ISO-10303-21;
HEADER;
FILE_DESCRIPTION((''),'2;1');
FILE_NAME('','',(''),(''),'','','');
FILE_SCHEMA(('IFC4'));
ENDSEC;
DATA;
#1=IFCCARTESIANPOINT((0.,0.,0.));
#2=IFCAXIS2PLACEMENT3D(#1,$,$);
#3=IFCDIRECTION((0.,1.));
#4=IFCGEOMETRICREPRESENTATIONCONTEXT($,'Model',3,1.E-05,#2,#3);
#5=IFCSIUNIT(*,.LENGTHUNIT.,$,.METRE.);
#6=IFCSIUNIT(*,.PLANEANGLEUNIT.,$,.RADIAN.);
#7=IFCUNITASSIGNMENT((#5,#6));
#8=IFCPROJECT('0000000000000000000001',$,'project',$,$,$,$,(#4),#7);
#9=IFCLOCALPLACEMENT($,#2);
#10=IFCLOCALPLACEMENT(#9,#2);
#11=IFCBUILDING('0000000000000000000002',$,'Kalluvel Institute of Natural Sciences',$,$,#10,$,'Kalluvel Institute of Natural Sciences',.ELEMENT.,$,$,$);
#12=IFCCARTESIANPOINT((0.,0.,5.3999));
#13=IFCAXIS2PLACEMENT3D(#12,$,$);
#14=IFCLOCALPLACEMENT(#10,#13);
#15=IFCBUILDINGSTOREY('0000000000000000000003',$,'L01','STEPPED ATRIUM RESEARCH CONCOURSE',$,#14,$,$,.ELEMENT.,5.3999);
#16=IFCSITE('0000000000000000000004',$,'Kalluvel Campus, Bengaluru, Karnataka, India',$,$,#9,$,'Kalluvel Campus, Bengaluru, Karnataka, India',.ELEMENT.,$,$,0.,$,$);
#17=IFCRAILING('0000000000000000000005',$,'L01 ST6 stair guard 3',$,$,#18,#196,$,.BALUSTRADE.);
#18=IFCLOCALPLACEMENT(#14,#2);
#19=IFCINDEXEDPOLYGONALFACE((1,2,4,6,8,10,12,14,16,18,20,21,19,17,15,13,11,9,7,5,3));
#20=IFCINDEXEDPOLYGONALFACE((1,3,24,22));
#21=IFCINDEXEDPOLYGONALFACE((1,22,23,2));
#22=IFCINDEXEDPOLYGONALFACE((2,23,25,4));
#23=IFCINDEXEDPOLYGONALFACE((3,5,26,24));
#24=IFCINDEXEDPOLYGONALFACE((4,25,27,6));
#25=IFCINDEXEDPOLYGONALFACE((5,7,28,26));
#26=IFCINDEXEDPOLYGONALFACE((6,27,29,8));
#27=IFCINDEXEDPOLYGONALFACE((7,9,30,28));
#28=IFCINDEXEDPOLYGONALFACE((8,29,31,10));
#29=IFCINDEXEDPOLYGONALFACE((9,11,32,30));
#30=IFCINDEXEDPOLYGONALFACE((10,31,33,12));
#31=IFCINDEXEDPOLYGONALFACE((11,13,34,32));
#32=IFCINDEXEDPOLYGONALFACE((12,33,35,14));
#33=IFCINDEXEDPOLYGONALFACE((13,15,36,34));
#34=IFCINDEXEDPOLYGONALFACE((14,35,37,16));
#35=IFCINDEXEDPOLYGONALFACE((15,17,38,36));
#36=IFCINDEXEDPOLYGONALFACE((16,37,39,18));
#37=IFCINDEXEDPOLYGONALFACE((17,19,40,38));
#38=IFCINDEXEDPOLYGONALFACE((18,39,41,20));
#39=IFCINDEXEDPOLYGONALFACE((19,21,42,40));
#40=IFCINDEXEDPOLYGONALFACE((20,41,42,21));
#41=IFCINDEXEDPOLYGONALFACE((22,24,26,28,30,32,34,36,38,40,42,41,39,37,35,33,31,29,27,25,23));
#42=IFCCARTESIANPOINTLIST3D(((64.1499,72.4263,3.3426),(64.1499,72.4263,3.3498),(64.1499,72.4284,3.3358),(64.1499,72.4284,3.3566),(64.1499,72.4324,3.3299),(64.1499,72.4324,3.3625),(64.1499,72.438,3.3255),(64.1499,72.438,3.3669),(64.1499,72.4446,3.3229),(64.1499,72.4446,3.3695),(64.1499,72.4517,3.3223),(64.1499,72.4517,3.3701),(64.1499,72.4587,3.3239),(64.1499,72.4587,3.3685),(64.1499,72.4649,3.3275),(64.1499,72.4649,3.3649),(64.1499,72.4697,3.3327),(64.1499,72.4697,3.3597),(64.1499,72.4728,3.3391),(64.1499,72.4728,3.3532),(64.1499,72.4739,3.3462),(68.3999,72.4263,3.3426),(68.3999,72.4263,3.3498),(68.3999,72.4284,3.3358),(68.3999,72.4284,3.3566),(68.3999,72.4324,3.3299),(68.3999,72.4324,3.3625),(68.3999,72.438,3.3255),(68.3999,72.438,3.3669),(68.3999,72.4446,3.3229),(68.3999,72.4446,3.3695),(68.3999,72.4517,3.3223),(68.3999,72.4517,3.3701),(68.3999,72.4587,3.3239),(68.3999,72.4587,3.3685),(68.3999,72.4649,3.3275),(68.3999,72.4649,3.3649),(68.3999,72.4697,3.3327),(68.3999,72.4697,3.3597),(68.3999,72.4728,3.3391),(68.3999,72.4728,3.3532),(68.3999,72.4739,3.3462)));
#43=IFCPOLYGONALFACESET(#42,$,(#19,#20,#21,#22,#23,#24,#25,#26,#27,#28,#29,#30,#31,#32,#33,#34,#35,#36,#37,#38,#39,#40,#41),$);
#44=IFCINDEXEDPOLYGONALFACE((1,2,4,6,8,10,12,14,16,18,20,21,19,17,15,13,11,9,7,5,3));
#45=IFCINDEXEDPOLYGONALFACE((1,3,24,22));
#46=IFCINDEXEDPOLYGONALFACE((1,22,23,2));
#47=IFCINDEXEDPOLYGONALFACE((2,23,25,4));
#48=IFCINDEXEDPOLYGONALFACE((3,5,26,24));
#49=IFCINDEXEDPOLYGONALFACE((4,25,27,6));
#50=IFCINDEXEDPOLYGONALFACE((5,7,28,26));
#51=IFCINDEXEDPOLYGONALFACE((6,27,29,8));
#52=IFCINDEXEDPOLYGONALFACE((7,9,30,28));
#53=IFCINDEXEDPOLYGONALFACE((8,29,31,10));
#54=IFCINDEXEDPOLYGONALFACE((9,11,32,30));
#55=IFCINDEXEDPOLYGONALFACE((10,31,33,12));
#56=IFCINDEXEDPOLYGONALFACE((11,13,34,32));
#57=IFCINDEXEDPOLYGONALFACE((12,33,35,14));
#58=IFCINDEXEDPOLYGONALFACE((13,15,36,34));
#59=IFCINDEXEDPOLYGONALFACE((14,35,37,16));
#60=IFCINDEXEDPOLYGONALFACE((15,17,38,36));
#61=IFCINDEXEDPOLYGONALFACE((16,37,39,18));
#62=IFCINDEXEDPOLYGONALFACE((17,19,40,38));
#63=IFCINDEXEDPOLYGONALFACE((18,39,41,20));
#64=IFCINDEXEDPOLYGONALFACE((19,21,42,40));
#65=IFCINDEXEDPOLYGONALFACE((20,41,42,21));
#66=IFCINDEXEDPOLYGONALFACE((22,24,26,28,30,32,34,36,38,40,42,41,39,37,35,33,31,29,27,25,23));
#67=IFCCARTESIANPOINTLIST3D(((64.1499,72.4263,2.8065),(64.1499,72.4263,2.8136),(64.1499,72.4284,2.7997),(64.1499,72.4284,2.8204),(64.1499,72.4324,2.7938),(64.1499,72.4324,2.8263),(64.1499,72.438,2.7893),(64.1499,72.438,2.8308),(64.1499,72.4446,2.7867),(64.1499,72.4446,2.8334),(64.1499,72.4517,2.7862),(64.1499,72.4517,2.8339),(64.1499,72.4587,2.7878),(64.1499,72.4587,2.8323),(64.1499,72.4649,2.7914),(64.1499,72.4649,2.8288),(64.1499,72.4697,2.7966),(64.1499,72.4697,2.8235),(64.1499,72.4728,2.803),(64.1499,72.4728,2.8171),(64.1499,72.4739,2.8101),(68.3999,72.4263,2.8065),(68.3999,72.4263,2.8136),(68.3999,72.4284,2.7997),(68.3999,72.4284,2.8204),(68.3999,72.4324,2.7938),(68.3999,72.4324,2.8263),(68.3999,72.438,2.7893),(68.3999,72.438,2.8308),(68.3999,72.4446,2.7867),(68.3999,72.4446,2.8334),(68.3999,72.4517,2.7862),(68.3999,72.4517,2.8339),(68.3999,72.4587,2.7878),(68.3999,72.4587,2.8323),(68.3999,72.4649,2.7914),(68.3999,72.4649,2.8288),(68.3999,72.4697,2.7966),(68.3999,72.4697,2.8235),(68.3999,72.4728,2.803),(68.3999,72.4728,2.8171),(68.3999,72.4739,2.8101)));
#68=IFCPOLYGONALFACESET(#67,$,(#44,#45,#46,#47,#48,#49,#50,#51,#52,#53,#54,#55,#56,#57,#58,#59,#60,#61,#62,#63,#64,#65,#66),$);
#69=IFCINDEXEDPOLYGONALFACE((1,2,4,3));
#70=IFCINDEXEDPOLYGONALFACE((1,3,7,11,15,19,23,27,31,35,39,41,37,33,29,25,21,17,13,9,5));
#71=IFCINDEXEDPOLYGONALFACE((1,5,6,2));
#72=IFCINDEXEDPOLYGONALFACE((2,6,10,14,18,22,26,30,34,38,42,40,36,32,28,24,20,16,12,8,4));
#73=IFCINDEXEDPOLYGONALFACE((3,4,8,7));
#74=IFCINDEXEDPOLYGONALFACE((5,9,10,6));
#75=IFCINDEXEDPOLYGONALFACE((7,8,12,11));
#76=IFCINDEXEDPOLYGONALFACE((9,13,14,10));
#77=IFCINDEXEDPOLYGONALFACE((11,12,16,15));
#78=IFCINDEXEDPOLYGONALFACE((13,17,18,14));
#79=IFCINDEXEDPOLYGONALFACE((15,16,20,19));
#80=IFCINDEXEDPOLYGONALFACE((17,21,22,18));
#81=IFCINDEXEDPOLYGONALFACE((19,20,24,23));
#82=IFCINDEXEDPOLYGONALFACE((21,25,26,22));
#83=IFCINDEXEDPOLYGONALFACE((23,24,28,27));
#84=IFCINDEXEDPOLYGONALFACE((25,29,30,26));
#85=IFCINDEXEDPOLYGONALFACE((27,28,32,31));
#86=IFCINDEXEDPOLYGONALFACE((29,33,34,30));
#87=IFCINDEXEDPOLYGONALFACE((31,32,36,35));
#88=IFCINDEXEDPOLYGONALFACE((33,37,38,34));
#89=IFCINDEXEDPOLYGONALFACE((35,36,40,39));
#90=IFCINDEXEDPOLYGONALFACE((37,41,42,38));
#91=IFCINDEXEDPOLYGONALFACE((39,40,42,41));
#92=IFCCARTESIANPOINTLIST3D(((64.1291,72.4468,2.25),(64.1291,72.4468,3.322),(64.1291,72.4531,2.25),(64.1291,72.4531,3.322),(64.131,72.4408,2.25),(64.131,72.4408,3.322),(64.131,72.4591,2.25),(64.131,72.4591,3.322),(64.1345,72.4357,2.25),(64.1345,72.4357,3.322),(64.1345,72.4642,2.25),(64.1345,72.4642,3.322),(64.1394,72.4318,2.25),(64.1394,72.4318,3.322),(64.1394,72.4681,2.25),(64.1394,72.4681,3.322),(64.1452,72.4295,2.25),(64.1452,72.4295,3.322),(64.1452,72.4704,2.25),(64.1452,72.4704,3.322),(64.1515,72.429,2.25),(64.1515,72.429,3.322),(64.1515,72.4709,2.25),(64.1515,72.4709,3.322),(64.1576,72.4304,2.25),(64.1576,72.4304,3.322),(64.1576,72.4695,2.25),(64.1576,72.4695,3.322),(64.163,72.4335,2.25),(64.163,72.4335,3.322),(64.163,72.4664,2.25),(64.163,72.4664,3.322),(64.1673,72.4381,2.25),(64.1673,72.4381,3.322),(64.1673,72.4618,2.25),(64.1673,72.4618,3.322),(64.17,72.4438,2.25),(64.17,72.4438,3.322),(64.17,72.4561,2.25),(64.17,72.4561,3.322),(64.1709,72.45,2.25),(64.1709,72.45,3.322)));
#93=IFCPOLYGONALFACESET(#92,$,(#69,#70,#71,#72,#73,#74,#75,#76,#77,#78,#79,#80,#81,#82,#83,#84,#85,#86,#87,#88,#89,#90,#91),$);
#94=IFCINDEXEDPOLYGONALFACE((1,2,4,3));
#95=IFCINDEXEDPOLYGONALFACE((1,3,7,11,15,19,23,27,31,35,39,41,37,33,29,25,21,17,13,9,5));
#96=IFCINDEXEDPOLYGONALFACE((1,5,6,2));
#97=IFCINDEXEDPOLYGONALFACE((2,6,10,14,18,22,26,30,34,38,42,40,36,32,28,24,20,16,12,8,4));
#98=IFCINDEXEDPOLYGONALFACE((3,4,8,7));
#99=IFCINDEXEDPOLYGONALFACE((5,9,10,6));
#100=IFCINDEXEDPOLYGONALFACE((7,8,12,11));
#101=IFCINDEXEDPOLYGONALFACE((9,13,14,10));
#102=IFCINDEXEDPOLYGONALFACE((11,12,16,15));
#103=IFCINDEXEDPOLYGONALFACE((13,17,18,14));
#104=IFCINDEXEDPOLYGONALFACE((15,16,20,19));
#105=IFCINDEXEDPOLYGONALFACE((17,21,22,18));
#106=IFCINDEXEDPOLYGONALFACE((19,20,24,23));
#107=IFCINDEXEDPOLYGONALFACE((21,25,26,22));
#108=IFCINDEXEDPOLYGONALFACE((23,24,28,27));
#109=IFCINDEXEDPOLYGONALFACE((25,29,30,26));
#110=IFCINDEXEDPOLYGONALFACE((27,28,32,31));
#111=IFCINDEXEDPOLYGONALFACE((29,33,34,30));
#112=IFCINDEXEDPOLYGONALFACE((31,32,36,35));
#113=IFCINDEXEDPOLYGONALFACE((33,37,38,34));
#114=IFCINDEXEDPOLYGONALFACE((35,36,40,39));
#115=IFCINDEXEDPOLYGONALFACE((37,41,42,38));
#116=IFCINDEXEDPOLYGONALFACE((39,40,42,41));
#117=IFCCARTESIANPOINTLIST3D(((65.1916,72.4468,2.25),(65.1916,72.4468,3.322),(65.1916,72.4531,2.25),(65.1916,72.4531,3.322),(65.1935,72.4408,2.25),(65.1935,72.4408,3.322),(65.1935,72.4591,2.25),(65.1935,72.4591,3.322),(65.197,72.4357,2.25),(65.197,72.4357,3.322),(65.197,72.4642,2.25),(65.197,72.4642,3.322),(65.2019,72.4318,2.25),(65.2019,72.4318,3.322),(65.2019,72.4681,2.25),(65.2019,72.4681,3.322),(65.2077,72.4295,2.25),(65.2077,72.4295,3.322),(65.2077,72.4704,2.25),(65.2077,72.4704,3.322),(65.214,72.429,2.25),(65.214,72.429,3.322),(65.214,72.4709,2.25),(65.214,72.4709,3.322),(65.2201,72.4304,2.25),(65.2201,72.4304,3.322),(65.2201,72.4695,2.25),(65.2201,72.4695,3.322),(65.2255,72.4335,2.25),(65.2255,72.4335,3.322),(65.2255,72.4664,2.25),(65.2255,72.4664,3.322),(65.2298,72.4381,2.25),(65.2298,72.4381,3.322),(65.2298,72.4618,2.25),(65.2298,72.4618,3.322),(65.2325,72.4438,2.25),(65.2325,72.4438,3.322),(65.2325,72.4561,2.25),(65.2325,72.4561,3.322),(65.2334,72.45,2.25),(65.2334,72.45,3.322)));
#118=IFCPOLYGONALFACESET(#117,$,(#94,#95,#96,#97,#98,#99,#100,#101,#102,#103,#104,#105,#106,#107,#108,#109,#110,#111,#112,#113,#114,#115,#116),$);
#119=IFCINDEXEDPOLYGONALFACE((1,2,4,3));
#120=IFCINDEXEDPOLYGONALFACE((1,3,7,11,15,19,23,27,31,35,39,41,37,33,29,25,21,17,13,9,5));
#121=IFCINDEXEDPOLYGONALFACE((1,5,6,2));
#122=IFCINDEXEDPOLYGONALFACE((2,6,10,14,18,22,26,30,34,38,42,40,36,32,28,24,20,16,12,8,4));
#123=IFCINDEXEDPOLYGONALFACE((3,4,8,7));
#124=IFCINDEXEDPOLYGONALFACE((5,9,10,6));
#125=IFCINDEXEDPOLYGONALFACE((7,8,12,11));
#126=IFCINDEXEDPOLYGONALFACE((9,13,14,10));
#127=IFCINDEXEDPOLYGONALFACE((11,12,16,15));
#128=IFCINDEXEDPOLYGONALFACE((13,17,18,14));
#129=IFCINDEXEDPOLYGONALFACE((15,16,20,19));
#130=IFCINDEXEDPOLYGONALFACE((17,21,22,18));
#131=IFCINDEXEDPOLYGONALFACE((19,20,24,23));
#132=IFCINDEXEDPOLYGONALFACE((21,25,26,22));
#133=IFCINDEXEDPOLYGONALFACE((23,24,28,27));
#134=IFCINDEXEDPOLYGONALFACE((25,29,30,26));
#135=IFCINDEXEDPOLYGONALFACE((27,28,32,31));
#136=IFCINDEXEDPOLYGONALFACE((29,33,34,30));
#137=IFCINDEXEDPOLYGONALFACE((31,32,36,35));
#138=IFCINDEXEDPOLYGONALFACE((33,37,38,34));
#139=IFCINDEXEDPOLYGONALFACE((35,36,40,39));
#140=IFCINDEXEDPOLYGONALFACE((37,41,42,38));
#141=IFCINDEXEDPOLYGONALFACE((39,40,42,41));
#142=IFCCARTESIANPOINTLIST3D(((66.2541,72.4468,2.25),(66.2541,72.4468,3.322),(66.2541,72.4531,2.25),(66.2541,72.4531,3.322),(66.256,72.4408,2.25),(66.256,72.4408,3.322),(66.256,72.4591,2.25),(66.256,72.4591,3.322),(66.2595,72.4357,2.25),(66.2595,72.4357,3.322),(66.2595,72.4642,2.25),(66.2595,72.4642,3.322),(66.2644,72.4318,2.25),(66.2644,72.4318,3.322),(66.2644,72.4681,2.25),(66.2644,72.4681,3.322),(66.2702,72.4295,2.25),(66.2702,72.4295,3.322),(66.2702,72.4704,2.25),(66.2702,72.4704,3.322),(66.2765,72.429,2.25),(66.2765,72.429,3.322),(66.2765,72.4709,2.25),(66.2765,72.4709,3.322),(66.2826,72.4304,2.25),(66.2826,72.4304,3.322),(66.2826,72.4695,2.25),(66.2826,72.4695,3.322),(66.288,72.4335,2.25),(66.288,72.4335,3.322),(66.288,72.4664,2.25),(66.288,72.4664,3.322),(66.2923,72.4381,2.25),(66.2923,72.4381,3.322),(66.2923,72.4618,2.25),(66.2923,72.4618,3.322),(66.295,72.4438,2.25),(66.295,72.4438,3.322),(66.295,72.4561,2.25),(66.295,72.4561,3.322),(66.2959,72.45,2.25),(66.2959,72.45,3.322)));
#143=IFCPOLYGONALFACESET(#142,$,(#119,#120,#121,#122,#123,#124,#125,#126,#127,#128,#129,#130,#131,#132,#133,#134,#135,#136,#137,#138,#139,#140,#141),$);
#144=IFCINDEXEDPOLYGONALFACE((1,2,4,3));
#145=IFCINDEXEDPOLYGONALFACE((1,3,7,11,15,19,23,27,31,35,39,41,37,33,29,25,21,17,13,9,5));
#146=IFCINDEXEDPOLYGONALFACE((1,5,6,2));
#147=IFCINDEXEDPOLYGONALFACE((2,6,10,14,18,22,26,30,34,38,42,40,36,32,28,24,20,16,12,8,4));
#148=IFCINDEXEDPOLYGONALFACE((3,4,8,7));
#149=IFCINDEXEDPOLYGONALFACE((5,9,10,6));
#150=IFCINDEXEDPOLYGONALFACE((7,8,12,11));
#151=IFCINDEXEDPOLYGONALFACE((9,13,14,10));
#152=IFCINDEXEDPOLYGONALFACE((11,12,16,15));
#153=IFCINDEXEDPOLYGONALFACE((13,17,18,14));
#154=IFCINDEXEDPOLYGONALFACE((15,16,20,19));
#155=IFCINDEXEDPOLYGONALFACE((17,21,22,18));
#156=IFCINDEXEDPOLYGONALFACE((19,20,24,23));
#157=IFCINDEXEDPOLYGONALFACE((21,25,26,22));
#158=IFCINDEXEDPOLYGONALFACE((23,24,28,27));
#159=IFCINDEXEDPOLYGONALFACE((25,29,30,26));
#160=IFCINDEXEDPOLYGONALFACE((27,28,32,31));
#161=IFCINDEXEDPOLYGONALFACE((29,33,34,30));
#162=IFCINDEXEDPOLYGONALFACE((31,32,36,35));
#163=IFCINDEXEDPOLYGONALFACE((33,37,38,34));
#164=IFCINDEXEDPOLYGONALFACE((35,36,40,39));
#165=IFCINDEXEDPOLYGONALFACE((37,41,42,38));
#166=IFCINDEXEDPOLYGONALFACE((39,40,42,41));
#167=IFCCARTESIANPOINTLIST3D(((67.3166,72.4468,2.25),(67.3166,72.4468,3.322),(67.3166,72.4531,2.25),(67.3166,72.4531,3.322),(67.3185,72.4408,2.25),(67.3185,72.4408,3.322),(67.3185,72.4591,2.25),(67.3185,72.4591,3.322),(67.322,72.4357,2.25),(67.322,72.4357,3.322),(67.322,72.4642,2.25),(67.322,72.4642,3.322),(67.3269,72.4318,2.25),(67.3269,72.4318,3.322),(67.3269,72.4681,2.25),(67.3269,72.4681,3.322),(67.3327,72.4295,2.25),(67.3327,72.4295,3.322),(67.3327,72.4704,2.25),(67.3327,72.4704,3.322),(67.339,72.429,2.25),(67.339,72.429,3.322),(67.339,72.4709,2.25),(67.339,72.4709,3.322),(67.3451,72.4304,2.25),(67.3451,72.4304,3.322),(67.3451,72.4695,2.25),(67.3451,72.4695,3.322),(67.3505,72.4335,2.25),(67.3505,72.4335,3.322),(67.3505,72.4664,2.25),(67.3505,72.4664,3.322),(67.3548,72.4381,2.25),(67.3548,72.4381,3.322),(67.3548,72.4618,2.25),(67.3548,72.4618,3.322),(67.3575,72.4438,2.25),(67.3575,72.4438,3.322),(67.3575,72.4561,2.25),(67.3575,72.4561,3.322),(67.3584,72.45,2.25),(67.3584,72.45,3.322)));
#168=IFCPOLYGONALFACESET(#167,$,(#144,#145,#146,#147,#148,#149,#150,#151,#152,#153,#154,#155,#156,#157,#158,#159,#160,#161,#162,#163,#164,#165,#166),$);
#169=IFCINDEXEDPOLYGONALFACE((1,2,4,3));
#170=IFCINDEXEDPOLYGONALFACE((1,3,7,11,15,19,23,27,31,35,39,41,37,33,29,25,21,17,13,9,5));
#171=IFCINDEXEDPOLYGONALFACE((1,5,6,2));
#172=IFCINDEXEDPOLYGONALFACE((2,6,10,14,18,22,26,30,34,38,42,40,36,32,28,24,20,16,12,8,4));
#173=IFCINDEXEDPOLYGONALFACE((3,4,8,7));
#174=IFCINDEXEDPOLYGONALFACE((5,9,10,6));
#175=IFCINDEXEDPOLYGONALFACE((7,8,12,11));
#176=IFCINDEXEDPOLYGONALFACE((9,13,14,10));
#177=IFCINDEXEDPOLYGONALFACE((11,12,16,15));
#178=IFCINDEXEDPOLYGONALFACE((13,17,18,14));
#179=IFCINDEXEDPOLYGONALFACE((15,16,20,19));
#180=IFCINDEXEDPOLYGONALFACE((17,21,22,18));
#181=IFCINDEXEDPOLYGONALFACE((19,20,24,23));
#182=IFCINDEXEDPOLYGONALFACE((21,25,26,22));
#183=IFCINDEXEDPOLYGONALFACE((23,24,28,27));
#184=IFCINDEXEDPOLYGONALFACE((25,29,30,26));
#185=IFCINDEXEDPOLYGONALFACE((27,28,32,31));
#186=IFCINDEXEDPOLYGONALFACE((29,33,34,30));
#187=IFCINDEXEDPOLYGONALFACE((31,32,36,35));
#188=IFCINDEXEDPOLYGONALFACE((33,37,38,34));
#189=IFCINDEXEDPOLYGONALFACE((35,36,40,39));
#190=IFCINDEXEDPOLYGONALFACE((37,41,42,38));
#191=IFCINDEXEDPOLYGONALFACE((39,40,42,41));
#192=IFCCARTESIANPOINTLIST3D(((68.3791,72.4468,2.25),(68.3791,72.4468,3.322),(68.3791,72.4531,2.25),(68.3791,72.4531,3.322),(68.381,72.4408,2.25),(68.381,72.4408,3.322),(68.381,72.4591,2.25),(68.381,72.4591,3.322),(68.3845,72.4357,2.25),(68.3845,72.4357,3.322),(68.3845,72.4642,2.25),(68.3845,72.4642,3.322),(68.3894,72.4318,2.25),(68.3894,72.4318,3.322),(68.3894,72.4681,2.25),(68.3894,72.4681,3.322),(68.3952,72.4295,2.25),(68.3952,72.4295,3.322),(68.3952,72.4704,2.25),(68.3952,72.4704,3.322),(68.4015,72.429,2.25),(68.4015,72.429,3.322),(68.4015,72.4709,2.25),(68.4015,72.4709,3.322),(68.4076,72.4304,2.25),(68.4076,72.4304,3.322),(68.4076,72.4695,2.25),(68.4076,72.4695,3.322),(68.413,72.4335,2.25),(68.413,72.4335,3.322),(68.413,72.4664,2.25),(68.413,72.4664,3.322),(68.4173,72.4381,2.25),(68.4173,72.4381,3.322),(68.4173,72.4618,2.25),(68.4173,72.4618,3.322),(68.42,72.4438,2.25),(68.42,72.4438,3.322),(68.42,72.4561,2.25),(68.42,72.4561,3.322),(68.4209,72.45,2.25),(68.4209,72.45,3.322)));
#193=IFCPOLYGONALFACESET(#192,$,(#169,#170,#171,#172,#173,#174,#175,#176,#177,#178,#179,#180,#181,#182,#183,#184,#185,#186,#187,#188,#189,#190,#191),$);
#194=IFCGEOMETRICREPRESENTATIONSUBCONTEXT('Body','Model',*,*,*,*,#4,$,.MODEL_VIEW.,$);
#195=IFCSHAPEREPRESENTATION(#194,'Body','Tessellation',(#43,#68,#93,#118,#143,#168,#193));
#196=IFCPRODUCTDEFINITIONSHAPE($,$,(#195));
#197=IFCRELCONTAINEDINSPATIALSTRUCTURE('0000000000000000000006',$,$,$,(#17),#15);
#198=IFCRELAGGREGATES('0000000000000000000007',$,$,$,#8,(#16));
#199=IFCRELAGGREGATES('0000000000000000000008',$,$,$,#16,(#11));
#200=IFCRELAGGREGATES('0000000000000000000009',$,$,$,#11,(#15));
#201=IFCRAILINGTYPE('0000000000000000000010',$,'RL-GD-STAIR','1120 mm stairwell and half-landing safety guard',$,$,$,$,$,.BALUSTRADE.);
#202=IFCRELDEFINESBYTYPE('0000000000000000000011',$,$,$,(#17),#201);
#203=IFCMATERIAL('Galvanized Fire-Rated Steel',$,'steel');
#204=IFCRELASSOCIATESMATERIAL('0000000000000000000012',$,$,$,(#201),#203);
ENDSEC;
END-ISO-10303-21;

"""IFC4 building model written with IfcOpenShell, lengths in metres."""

from ifc_helpers import new_model, si_unit, direction, frame, origin, origin_2d, place, context, subcontext, project, spatial, circle, extrude, material, type_object, element, save


model = new_model("IFC4")

# Units and contexts
model_context = context("Model", 3, precision=1e-05, world=origin(), true_north=direction((0.0, 1.0)))
body_context = subcontext(model_context, "Body", "Model", "MODEL_VIEW")
ifc_project = project(units=[si_unit("LENGTHUNIT", "METRE"), si_unit("PLANEANGLEUNIT", "RADIAN")], contexts=[model_context])

# Site, building, storey
site_placement = place(None, origin())
site = spatial("IfcSite", under=ifc_project, at=site_placement, Name="Kalluvel Campus, Bengaluru, Karnataka, India", LongName="Kalluvel Campus, Bengaluru, Karnataka, India", CompositionType="ELEMENT", RefElevation=0.0)
building_placement = place(site_placement, origin())
building = spatial("IfcBuilding", under=site, at=building_placement, Name="Kalluvel Institute of Natural Sciences", LongName="Kalluvel Institute of Natural Sciences", CompositionType="ELEMENT")
storey_placement = place(building_placement, frame((0.0, 0.0, 5.3999)))
storey = spatial("IfcBuildingStorey", under=building, at=storey_placement, Name="L01", Description="STEPPED ATRIUM RESEARCH CONCOURSE", CompositionType="ELEMENT", Elevation=5.3999)

# Railing
ifc_material_1 = material(Name="Galvanized Fire-Rated Steel", Category="steel")
railing_type_1 = type_object("IfcRailingType", Name="RL-GD-STAIR", Description="1120 mm stairwell and half-landing safety guard", PredefinedType="BALUSTRADE", material=ifc_material_1)
for number, where, name in (
    (1, (64.1499, 72.45, 2.25), "L01 ST6 stair guard 3"),
):
    element("IfcRailing", number, at=place(storey_placement, frame(where)), inside=storey, type_object=railing_type_1, Name=name, PredefinedType="BALUSTRADE", context=body_context, shape_type="SweptSolid", body=[
        extrude(circle(Radius=0.0239, at=origin_2d()), frame((0.0, 0.0, 1.0962), z_axis=(1.0, 0.0, 0.0), x_axis=(0.0, 1.0, 0.0)), (0.0, 0.0, 1.0), 4.25),
        extrude(circle(Radius=0.0239, at=origin_2d()), frame((0.0, 0.0, 0.5601), z_axis=(1.0, 0.0, 0.0), x_axis=(0.0, 1.0, 0.0)), (0.0, 0.0, 1.0), 4.25),
        extrude(circle(Radius=0.021, at=origin_2d()), origin(), (0.0, 0.0, 1.0), 1.072),
        extrude(circle(Radius=0.021, at=origin_2d()), frame((1.0625, 0.0, 0.0)), (0.0, 0.0, 1.0), 1.072),
        extrude(circle(Radius=0.021, at=origin_2d()), frame((2.125, 0.0, 0.0)), (0.0, 0.0, 1.0), 1.072),
        extrude(circle(Radius=0.021, at=origin_2d()), frame((3.1875, 0.0, 0.0)), (0.0, 0.0, 1.0), 1.072),
        extrude(circle(Radius=0.021, at=origin_2d()), frame((4.25, 0.0, 0.0)), (0.0, 0.0, 1.0), 1.072),
    ])

save(model, "model.ifc")
